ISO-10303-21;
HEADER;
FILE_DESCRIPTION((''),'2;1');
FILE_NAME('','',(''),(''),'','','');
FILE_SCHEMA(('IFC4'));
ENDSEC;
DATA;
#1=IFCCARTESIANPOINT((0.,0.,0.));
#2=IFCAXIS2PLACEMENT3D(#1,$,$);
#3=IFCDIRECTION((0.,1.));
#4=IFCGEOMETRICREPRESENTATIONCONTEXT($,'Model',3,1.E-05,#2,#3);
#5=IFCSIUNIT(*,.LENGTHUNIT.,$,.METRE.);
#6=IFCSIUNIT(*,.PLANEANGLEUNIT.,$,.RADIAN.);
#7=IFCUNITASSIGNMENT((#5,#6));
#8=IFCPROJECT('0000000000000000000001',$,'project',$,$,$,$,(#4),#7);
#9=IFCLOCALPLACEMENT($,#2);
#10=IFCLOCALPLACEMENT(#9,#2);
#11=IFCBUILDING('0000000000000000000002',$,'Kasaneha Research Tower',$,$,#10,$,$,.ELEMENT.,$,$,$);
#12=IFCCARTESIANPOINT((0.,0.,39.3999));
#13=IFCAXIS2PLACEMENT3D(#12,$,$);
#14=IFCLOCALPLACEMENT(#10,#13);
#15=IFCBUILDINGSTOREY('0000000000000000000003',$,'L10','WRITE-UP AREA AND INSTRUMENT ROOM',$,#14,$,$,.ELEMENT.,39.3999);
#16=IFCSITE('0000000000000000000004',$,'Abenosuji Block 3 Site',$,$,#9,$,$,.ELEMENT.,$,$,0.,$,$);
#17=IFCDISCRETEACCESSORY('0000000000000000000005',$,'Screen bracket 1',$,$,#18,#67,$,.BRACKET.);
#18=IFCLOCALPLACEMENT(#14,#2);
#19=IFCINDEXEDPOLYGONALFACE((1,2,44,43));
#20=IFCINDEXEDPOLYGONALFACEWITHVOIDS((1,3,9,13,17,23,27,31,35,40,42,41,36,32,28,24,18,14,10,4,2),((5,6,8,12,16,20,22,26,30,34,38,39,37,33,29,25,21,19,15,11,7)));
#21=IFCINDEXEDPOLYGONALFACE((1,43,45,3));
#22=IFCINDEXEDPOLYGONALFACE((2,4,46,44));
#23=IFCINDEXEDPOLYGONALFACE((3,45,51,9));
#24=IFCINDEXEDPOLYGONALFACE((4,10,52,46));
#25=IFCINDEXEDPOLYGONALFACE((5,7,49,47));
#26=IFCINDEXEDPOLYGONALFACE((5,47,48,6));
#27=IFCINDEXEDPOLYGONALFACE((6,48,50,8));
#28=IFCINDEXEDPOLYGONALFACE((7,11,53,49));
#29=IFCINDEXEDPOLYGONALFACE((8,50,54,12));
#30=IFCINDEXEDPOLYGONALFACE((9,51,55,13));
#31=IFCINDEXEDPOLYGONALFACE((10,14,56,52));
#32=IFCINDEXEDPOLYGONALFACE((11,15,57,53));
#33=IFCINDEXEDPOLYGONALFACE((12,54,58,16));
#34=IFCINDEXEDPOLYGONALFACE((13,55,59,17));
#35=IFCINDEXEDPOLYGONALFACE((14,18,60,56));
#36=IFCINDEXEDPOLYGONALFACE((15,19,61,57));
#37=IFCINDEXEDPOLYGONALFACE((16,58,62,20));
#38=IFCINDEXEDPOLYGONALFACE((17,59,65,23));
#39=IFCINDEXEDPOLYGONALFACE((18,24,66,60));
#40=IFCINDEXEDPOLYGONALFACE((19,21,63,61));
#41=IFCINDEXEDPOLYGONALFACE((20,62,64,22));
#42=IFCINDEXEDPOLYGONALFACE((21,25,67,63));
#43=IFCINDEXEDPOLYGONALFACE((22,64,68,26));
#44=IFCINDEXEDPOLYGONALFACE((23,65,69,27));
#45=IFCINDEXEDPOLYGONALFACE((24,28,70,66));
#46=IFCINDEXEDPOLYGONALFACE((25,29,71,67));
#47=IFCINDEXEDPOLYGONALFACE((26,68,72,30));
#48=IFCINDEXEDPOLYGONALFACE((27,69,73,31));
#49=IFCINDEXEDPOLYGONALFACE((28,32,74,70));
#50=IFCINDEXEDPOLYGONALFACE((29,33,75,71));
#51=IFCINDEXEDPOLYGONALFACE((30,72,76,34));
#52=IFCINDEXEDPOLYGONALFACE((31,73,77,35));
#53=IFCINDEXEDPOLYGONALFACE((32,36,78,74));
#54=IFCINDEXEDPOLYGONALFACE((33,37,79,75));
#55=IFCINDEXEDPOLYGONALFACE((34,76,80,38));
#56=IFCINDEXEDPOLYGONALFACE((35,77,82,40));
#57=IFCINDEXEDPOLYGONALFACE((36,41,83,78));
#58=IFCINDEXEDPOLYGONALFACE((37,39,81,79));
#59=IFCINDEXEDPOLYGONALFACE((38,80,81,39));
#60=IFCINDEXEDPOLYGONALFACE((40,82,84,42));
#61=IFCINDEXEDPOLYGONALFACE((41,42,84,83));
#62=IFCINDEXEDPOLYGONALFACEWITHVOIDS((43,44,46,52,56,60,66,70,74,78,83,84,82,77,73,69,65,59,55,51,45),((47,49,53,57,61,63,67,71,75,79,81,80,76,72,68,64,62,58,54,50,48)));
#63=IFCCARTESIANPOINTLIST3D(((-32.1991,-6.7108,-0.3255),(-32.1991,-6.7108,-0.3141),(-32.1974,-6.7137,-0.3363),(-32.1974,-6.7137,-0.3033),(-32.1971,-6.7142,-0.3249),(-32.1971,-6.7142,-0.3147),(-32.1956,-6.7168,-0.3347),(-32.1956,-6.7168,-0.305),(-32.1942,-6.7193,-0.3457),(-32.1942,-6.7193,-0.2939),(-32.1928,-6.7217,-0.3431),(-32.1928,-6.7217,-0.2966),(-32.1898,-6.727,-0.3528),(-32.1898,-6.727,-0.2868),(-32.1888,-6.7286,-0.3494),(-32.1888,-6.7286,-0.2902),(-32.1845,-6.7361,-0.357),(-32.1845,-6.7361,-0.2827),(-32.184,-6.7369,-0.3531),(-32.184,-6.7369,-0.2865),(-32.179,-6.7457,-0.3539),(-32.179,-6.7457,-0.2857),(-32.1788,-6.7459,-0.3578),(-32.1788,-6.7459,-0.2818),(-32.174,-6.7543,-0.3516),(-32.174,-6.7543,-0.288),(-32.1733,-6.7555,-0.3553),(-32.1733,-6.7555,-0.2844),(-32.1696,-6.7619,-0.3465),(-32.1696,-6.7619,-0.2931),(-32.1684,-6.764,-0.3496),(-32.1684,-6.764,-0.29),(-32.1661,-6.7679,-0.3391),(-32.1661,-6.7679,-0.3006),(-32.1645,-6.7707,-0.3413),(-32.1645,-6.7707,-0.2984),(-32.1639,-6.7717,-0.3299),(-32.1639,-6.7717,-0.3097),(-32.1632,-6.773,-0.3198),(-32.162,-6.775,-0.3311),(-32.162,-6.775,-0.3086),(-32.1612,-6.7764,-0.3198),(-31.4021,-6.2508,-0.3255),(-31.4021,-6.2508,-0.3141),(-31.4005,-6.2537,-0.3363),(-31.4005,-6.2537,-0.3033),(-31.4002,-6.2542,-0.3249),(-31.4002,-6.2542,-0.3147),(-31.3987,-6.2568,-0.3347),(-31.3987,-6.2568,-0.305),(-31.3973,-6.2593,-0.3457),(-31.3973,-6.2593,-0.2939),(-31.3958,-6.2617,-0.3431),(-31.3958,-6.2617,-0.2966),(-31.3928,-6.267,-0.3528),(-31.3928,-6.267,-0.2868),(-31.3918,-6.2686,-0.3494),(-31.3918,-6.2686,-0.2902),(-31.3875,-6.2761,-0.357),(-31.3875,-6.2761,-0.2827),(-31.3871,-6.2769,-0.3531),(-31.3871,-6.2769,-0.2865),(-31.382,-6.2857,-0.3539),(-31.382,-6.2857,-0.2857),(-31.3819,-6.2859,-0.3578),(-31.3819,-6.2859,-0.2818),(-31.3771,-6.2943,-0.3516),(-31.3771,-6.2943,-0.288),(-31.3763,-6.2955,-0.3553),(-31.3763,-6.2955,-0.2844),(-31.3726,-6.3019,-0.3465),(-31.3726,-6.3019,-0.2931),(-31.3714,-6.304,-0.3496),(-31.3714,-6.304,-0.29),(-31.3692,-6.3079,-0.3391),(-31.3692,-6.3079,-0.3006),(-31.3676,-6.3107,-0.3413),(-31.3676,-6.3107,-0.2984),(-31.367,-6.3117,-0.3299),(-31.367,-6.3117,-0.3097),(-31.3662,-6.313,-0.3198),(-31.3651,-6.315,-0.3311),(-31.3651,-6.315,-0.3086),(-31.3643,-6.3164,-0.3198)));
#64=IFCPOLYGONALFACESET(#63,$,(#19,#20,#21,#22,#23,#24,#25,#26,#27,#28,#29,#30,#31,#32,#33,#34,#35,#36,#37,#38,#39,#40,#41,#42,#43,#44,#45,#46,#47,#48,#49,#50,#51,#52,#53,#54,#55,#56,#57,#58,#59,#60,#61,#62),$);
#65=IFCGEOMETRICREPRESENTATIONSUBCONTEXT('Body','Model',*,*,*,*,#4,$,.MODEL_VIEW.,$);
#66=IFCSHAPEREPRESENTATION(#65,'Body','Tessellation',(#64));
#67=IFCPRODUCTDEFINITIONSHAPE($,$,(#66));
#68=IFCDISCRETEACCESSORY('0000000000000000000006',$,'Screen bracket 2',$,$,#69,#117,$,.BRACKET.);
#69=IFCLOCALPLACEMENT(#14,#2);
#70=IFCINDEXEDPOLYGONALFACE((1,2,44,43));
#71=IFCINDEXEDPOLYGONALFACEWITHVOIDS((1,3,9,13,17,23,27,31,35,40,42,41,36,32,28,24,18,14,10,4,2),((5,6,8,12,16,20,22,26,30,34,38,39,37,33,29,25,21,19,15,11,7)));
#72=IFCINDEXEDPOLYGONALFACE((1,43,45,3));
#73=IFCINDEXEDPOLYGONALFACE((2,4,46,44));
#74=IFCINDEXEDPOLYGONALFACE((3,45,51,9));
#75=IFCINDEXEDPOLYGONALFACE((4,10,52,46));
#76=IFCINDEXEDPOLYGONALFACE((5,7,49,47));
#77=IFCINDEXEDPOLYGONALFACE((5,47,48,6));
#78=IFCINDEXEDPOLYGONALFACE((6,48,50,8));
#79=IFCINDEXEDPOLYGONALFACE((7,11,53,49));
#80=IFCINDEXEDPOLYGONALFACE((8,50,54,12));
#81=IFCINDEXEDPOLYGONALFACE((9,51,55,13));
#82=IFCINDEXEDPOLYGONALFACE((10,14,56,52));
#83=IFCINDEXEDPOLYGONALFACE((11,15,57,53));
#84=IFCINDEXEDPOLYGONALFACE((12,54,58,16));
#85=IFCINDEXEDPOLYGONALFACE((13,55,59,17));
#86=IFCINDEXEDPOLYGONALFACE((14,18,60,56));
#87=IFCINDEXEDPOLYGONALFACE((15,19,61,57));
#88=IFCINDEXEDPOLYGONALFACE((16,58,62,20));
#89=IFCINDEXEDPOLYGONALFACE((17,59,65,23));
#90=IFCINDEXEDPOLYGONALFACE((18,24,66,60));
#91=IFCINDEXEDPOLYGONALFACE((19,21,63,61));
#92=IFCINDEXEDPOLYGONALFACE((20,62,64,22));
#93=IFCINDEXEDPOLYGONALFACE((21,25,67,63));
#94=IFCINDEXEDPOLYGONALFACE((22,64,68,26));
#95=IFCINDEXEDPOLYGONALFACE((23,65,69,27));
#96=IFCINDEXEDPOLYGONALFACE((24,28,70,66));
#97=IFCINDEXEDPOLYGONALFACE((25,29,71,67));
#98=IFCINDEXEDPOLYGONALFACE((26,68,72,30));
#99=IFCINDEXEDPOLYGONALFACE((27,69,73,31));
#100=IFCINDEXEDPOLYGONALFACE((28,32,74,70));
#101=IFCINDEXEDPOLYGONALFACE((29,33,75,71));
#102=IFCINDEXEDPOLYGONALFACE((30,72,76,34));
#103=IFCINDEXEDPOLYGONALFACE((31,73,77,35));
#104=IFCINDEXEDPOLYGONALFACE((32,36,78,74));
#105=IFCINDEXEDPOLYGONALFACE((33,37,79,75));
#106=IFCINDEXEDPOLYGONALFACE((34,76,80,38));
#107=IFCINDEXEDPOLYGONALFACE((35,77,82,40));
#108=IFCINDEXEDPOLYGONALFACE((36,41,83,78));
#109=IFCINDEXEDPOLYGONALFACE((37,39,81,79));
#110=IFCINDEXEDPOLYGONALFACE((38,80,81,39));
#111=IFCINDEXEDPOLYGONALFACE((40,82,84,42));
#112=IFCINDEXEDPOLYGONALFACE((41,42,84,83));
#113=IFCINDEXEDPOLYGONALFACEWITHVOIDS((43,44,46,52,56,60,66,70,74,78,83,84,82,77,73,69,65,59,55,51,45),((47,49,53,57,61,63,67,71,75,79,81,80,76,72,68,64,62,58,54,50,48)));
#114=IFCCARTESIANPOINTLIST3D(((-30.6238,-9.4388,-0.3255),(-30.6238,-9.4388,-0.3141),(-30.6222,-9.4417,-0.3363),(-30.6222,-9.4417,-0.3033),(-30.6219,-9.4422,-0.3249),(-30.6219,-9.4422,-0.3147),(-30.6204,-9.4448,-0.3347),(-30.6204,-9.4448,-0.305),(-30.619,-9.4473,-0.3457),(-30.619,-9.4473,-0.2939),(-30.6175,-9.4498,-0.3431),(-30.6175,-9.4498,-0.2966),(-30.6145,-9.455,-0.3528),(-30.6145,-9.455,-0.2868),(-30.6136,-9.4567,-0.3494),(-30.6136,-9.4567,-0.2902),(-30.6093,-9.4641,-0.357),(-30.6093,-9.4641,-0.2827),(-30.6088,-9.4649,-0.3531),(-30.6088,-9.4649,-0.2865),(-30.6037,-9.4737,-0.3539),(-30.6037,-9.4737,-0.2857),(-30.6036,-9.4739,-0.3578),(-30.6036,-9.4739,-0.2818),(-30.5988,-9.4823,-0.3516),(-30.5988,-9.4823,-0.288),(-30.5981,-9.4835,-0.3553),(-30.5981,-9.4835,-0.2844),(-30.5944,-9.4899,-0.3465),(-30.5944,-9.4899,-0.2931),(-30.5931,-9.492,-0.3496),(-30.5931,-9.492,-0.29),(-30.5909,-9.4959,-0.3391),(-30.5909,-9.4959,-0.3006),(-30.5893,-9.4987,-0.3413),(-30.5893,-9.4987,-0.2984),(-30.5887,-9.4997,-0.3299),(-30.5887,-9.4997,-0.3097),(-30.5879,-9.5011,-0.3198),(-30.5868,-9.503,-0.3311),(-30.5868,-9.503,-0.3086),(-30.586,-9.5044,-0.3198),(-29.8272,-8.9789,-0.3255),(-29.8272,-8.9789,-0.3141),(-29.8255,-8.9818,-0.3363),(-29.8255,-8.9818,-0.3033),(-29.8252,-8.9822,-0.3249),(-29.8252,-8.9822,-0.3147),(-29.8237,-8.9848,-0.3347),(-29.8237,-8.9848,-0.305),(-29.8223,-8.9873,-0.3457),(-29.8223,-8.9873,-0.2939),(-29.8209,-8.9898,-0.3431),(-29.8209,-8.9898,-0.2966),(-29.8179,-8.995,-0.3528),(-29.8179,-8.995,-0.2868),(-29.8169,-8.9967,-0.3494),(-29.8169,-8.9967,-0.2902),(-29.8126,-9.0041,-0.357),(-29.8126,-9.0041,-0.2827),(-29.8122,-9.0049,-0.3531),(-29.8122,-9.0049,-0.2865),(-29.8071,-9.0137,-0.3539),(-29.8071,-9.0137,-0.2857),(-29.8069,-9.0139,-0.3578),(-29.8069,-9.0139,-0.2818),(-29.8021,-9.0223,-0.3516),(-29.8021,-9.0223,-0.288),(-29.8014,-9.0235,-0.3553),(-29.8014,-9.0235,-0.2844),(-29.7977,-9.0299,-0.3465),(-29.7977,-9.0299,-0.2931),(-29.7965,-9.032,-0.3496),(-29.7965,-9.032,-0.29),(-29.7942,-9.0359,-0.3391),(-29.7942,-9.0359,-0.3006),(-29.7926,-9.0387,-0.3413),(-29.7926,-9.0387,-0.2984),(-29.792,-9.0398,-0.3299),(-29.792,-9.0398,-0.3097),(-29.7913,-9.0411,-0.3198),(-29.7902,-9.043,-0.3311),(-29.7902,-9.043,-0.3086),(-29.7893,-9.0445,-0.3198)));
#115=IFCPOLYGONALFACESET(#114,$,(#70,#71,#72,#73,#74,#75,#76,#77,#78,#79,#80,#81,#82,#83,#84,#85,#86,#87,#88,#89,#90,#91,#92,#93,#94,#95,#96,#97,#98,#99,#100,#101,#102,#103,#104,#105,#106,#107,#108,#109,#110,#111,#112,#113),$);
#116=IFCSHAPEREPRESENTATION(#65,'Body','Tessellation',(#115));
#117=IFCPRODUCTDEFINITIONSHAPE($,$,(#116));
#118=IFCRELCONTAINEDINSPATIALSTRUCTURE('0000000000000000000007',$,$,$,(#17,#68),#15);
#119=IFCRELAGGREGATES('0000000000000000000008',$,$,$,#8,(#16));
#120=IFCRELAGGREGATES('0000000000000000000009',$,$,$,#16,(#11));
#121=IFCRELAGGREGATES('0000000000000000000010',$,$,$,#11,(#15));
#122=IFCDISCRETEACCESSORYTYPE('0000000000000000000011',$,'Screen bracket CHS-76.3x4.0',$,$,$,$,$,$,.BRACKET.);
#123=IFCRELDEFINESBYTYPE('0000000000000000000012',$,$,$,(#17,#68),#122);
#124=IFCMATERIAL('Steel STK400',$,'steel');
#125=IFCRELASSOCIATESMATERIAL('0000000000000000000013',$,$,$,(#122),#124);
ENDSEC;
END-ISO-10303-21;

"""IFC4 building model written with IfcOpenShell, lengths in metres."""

from ifc_helpers import new_model, si_unit, direction, frame, origin, origin_2d, place, context, subcontext, project, spatial, hollow_circle, extrude, material, material_profile, profile_set, type_object, element, save


model = new_model("IFC4")

# Units and contexts
model_context = context("Model", 3, precision=1e-05, world=origin(), true_north=direction((0.0, 1.0)))
body_context = subcontext(model_context, "Body", "Model", "MODEL_VIEW")
ifc_project = project(units=[si_unit("LENGTHUNIT", "METRE"), si_unit("PLANEANGLEUNIT", "RADIAN")], contexts=[model_context])

# Site, building, storey
site_placement = place(None, origin())
site = spatial("IfcSite", under=ifc_project, at=site_placement, Name="Abenosuji Block 3 Site", CompositionType="ELEMENT", RefElevation=0.0)
building_placement = place(site_placement, origin())
building = spatial("IfcBuilding", under=site, at=building_placement, Name="Kasaneha Research Tower", CompositionType="ELEMENT")
storey_placement = place(building_placement, frame((0.0, 0.0, 39.3999)))
storey = spatial("IfcBuildingStorey", under=building, at=storey_placement, Name="L10", Description="WRITE-UP AREA AND INSTRUMENT ROOM", CompositionType="ELEMENT", Elevation=39.3999)

# Discrete accessories
ifc_material_1 = material(Name="Steel STK400", Category="steel")
ifc_material_profile_1 = material_profile(ifc_material_1, hollow_circle(Radius=0.0381, WallThickness=0.0039, at=origin_2d()), Name="CHS-76.3x4.0")
ifc_profile_set_1 = profile_set([ifc_material_profile_1], Name="Steel STK400")
discrete_accessory_type = type_object("IfcDiscreteAccessoryType", Name="Screen bracket CHS-76.3x4.0", PredefinedType="BRACKET", material=ifc_profile_set_1)
discrete_accessory_1_placement = place(storey_placement, frame((-31.3833, -6.2834, -0.3198), z_axis=(-0.86608, -0.499906, 0.0), x_axis=(0.499906, -0.86608, 0.0)))
element("IfcDiscreteAccessory", 1, at=discrete_accessory_1_placement, inside=storey, type_object=discrete_accessory_type, Name="Screen bracket 1", PredefinedType="BRACKET", context=body_context, shape_type="SweptSolid", body=[
    extrude(hollow_circle(Radius=0.0381, WallThickness=0.0039, at=origin_2d()), origin(), (0.0, 0.0, 1.0), 0.9202),
])
discrete_accessory_2_placement = place(storey_placement, frame((-29.8083, -9.0115, -0.3198), z_axis=(-0.866013, -0.500021, 0.0), x_axis=(0.500021, -0.866013, 0.0)))
element("IfcDiscreteAccessory", 2, at=discrete_accessory_2_placement, inside=storey, type_object=discrete_accessory_type, Name="Screen bracket 2", PredefinedType="BRACKET", context=body_context, shape_type="SweptSolid", body=[
    extrude(hollow_circle(Radius=0.0381, WallThickness=0.0039, at=origin_2d()), origin(), (0.0, 0.0, 1.0), 0.9199),
])

save(model, "model.ifc")
